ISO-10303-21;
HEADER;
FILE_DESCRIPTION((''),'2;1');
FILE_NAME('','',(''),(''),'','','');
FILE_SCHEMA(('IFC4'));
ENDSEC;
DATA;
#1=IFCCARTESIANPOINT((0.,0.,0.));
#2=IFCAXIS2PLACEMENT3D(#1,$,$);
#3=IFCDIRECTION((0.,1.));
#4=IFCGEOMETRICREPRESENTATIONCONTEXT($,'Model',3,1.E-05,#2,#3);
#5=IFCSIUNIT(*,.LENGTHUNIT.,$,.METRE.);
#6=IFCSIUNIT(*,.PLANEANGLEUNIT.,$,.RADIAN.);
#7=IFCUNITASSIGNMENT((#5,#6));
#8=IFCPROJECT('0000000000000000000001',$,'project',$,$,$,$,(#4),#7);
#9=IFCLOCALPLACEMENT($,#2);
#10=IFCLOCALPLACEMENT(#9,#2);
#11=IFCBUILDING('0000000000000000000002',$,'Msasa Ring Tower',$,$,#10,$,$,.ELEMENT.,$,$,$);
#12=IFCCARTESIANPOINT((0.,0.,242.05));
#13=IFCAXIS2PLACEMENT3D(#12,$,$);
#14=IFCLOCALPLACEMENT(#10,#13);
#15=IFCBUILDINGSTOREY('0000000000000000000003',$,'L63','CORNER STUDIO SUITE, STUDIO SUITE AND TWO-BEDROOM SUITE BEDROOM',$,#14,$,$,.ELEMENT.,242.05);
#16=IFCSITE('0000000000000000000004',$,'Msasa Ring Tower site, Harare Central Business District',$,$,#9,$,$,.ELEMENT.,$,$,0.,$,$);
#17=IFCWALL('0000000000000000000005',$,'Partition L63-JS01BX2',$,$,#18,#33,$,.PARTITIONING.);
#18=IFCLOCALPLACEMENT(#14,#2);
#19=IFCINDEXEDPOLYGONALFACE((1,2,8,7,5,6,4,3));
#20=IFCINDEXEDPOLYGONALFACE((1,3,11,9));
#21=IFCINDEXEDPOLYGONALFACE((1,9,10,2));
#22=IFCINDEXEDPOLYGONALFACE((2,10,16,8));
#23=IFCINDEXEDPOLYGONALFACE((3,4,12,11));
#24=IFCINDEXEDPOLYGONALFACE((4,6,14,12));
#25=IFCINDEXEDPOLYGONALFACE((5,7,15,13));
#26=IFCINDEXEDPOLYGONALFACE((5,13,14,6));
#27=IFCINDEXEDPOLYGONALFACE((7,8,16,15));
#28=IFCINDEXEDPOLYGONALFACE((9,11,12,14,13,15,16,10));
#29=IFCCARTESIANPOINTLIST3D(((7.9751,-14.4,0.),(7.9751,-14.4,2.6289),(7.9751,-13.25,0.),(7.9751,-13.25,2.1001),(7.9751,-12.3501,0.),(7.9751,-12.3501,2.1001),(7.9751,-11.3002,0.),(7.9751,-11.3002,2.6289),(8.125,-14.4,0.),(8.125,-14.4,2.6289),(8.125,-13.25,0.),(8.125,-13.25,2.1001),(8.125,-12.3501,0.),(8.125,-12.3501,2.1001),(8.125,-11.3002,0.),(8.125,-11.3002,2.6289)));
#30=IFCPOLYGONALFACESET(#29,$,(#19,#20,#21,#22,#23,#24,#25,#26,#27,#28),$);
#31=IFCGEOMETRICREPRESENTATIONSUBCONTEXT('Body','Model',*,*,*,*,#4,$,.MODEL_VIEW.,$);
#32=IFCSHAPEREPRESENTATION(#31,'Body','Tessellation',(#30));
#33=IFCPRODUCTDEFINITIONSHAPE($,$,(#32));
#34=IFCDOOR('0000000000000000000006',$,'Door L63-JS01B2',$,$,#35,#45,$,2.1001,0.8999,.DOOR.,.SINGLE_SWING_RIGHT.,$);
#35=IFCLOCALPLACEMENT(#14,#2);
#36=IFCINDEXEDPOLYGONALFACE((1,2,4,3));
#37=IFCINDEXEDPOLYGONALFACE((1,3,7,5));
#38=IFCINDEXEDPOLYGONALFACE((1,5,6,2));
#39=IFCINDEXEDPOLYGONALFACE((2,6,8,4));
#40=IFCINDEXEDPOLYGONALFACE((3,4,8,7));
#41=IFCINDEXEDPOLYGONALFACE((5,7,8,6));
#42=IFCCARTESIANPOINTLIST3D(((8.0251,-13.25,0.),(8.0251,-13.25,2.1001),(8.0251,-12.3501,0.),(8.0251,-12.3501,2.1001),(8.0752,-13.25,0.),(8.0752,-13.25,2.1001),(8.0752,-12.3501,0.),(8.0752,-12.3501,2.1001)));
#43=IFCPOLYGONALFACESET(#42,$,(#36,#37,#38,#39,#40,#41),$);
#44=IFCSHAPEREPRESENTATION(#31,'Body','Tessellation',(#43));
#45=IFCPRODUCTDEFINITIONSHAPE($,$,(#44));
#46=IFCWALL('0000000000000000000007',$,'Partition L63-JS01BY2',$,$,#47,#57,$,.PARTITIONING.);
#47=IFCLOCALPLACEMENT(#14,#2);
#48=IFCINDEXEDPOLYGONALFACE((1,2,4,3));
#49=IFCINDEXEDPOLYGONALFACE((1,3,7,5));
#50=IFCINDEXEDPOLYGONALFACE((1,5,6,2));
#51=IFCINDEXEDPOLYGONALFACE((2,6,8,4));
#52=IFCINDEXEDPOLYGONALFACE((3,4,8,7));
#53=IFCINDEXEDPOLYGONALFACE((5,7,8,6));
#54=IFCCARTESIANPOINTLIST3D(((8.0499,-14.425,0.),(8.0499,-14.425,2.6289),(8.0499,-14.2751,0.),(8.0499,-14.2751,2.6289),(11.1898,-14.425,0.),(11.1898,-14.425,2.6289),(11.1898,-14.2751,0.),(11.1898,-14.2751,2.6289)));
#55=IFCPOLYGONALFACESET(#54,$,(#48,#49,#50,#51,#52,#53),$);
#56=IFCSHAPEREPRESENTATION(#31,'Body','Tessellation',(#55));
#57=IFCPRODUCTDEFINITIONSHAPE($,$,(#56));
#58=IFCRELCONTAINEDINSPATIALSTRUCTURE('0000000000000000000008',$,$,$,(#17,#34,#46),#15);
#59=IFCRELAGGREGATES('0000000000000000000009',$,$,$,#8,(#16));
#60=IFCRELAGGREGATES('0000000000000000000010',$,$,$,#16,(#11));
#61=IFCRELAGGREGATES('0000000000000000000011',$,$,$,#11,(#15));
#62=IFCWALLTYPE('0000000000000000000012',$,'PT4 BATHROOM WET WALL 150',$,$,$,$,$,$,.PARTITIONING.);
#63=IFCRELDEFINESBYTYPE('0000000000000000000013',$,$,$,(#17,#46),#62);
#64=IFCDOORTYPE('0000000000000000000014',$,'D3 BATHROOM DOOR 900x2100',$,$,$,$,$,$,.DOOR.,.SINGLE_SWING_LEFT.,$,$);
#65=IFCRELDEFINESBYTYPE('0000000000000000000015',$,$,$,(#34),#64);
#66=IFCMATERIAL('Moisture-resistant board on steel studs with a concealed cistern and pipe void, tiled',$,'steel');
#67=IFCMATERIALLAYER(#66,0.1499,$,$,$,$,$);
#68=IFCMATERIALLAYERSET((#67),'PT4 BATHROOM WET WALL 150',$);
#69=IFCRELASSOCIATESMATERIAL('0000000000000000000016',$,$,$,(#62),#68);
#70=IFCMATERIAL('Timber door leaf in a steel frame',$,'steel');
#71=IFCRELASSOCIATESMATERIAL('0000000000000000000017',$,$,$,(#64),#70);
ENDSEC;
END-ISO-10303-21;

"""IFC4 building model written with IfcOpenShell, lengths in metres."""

from ifc_helpers import new_model, si_unit, direction, frame, frame_2d, origin, place, context, subcontext, project, spatial, rectangle, extrude, material, layer, layer_set, type_object, element, fill, save


model = new_model("IFC4")

# Units and contexts
model_context = context("Model", 3, precision=1e-05, world=origin(), true_north=direction((0.0, 1.0)))
body_context = subcontext(model_context, "Body", "Model", "MODEL_VIEW")
ifc_project = project(units=[si_unit("LENGTHUNIT", "METRE"), si_unit("PLANEANGLEUNIT", "RADIAN")], contexts=[model_context])

# Site, building, storey
site_placement = place(None, origin())
site = spatial("IfcSite", under=ifc_project, at=site_placement, Name="Msasa Ring Tower site, Harare Central Business District", CompositionType="ELEMENT", RefElevation=0.0)
building_placement = place(site_placement, origin())
building = spatial("IfcBuilding", under=site, at=building_placement, Name="Msasa Ring Tower", CompositionType="ELEMENT")
storey_placement = place(building_placement, frame((0.0, 0.0, 242.05)))
storey = spatial("IfcBuildingStorey", under=building, at=storey_placement, Name="L63", Description="CORNER STUDIO SUITE, STUDIO SUITE AND TWO-BEDROOM SUITE BEDROOM", CompositionType="ELEMENT", Elevation=242.05)

# Shared definitions
ifc_material_1 = material(Name="Moisture-resistant board on steel studs with a concealed cistern and pipe void, tiled", Category="steel")
ifc_layer_1 = layer(ifc_material_1, 0.1499)
ifc_layer_set_1 = layer_set([ifc_layer_1], Name="PT4 BATHROOM WET WALL 150")
wall_type_1 = type_object("IfcWallType", Name="PT4 BATHROOM WET WALL 150", PredefinedType="PARTITIONING", material=ifc_layer_set_1)
ifc_material_2 = material(Name="Timber door leaf in a steel frame", Category="steel")
door_type_1 = type_object("IfcDoorType", Name="D3 BATHROOM DOOR 900x2100", OperationType="SINGLE_SWING_LEFT", PredefinedType="DOOR", material=ifc_material_2)

# Wall, opening, door
wall_1_placement = place(storey_placement, frame((8.05, -14.3999, 0.0), z_axis=(0.0, 0.0, 1.0), x_axis=(0.0, 1.0, 0.0)))
wall_1 = element("IfcWall", 1, at=wall_1_placement, inside=storey, type_object=wall_type_1, Name="Partition L63-JS01BX2", PredefinedType="PARTITIONING", context=body_context, shape_type="SweptSolid", body=[
    extrude(rectangle(XDim=3.0999, YDim=0.1499, at=frame_2d((1.5498, 0.0))), origin(), (0.0, 0.0, 1.0), 2.6289),
])
opening_1_placement = place(wall_1_placement, frame((1.1499, 0.0, 0.0)))
opening_1 = element("IfcOpeningElement", 2, at=opening_1_placement, cuts=wall_1, PredefinedType="OPENING", context=body_context, shape_type="SweptSolid", body=[
    extrude(rectangle(XDim=0.8999, YDim=2.1001, at=frame_2d((0.45, 1.05))), frame((0.0, 0.085, 0.0), z_axis=(0.0, -1.0, 0.0), x_axis=(1.0, 0.0, 0.0)), (0.0, 0.0, 1.0), 0.1699),
])
door_1_placement = place(opening_1_placement, origin())
door_1 = element("IfcDoor", 3, at=door_1_placement, inside=storey, type_object=door_type_1, Name="Door L63-JS01B2", OperationType="SINGLE_SWING_RIGHT", OverallHeight=2.1001, OverallWidth=0.8999, PredefinedType="DOOR", context=body_context, shape_type="SweptSolid", body=[
    extrude(rectangle(XDim=0.8999, YDim=2.1001, at=frame_2d((0.45, 1.05))), frame((0.0, 0.0249, 0.0), z_axis=(0.0, -1.0, 0.0), x_axis=(1.0, 0.0, 0.0)), (0.0, 0.0, 1.0), 0.05),
])
fill(opening_1, door_1)

# Wall
wall_2_placement = place(storey_placement, frame((8.05, -14.3501, 0.0), z_axis=(0.0, 0.0, 1.0), x_axis=(1.0, 0.0, 0.0)))
element("IfcWall", 4, at=wall_2_placement, inside=storey, type_object=wall_type_1, Name="Partition L63-JS01BY2", PredefinedType="PARTITIONING", context=body_context, shape_type="SweptSolid", body=[
    extrude(rectangle(XDim=3.1399, YDim=0.1499, at=frame_2d((1.5698, 0.0))), origin(), (0.0, 0.0, 1.0), 2.6289),
])

save(model, "model.ifc")
